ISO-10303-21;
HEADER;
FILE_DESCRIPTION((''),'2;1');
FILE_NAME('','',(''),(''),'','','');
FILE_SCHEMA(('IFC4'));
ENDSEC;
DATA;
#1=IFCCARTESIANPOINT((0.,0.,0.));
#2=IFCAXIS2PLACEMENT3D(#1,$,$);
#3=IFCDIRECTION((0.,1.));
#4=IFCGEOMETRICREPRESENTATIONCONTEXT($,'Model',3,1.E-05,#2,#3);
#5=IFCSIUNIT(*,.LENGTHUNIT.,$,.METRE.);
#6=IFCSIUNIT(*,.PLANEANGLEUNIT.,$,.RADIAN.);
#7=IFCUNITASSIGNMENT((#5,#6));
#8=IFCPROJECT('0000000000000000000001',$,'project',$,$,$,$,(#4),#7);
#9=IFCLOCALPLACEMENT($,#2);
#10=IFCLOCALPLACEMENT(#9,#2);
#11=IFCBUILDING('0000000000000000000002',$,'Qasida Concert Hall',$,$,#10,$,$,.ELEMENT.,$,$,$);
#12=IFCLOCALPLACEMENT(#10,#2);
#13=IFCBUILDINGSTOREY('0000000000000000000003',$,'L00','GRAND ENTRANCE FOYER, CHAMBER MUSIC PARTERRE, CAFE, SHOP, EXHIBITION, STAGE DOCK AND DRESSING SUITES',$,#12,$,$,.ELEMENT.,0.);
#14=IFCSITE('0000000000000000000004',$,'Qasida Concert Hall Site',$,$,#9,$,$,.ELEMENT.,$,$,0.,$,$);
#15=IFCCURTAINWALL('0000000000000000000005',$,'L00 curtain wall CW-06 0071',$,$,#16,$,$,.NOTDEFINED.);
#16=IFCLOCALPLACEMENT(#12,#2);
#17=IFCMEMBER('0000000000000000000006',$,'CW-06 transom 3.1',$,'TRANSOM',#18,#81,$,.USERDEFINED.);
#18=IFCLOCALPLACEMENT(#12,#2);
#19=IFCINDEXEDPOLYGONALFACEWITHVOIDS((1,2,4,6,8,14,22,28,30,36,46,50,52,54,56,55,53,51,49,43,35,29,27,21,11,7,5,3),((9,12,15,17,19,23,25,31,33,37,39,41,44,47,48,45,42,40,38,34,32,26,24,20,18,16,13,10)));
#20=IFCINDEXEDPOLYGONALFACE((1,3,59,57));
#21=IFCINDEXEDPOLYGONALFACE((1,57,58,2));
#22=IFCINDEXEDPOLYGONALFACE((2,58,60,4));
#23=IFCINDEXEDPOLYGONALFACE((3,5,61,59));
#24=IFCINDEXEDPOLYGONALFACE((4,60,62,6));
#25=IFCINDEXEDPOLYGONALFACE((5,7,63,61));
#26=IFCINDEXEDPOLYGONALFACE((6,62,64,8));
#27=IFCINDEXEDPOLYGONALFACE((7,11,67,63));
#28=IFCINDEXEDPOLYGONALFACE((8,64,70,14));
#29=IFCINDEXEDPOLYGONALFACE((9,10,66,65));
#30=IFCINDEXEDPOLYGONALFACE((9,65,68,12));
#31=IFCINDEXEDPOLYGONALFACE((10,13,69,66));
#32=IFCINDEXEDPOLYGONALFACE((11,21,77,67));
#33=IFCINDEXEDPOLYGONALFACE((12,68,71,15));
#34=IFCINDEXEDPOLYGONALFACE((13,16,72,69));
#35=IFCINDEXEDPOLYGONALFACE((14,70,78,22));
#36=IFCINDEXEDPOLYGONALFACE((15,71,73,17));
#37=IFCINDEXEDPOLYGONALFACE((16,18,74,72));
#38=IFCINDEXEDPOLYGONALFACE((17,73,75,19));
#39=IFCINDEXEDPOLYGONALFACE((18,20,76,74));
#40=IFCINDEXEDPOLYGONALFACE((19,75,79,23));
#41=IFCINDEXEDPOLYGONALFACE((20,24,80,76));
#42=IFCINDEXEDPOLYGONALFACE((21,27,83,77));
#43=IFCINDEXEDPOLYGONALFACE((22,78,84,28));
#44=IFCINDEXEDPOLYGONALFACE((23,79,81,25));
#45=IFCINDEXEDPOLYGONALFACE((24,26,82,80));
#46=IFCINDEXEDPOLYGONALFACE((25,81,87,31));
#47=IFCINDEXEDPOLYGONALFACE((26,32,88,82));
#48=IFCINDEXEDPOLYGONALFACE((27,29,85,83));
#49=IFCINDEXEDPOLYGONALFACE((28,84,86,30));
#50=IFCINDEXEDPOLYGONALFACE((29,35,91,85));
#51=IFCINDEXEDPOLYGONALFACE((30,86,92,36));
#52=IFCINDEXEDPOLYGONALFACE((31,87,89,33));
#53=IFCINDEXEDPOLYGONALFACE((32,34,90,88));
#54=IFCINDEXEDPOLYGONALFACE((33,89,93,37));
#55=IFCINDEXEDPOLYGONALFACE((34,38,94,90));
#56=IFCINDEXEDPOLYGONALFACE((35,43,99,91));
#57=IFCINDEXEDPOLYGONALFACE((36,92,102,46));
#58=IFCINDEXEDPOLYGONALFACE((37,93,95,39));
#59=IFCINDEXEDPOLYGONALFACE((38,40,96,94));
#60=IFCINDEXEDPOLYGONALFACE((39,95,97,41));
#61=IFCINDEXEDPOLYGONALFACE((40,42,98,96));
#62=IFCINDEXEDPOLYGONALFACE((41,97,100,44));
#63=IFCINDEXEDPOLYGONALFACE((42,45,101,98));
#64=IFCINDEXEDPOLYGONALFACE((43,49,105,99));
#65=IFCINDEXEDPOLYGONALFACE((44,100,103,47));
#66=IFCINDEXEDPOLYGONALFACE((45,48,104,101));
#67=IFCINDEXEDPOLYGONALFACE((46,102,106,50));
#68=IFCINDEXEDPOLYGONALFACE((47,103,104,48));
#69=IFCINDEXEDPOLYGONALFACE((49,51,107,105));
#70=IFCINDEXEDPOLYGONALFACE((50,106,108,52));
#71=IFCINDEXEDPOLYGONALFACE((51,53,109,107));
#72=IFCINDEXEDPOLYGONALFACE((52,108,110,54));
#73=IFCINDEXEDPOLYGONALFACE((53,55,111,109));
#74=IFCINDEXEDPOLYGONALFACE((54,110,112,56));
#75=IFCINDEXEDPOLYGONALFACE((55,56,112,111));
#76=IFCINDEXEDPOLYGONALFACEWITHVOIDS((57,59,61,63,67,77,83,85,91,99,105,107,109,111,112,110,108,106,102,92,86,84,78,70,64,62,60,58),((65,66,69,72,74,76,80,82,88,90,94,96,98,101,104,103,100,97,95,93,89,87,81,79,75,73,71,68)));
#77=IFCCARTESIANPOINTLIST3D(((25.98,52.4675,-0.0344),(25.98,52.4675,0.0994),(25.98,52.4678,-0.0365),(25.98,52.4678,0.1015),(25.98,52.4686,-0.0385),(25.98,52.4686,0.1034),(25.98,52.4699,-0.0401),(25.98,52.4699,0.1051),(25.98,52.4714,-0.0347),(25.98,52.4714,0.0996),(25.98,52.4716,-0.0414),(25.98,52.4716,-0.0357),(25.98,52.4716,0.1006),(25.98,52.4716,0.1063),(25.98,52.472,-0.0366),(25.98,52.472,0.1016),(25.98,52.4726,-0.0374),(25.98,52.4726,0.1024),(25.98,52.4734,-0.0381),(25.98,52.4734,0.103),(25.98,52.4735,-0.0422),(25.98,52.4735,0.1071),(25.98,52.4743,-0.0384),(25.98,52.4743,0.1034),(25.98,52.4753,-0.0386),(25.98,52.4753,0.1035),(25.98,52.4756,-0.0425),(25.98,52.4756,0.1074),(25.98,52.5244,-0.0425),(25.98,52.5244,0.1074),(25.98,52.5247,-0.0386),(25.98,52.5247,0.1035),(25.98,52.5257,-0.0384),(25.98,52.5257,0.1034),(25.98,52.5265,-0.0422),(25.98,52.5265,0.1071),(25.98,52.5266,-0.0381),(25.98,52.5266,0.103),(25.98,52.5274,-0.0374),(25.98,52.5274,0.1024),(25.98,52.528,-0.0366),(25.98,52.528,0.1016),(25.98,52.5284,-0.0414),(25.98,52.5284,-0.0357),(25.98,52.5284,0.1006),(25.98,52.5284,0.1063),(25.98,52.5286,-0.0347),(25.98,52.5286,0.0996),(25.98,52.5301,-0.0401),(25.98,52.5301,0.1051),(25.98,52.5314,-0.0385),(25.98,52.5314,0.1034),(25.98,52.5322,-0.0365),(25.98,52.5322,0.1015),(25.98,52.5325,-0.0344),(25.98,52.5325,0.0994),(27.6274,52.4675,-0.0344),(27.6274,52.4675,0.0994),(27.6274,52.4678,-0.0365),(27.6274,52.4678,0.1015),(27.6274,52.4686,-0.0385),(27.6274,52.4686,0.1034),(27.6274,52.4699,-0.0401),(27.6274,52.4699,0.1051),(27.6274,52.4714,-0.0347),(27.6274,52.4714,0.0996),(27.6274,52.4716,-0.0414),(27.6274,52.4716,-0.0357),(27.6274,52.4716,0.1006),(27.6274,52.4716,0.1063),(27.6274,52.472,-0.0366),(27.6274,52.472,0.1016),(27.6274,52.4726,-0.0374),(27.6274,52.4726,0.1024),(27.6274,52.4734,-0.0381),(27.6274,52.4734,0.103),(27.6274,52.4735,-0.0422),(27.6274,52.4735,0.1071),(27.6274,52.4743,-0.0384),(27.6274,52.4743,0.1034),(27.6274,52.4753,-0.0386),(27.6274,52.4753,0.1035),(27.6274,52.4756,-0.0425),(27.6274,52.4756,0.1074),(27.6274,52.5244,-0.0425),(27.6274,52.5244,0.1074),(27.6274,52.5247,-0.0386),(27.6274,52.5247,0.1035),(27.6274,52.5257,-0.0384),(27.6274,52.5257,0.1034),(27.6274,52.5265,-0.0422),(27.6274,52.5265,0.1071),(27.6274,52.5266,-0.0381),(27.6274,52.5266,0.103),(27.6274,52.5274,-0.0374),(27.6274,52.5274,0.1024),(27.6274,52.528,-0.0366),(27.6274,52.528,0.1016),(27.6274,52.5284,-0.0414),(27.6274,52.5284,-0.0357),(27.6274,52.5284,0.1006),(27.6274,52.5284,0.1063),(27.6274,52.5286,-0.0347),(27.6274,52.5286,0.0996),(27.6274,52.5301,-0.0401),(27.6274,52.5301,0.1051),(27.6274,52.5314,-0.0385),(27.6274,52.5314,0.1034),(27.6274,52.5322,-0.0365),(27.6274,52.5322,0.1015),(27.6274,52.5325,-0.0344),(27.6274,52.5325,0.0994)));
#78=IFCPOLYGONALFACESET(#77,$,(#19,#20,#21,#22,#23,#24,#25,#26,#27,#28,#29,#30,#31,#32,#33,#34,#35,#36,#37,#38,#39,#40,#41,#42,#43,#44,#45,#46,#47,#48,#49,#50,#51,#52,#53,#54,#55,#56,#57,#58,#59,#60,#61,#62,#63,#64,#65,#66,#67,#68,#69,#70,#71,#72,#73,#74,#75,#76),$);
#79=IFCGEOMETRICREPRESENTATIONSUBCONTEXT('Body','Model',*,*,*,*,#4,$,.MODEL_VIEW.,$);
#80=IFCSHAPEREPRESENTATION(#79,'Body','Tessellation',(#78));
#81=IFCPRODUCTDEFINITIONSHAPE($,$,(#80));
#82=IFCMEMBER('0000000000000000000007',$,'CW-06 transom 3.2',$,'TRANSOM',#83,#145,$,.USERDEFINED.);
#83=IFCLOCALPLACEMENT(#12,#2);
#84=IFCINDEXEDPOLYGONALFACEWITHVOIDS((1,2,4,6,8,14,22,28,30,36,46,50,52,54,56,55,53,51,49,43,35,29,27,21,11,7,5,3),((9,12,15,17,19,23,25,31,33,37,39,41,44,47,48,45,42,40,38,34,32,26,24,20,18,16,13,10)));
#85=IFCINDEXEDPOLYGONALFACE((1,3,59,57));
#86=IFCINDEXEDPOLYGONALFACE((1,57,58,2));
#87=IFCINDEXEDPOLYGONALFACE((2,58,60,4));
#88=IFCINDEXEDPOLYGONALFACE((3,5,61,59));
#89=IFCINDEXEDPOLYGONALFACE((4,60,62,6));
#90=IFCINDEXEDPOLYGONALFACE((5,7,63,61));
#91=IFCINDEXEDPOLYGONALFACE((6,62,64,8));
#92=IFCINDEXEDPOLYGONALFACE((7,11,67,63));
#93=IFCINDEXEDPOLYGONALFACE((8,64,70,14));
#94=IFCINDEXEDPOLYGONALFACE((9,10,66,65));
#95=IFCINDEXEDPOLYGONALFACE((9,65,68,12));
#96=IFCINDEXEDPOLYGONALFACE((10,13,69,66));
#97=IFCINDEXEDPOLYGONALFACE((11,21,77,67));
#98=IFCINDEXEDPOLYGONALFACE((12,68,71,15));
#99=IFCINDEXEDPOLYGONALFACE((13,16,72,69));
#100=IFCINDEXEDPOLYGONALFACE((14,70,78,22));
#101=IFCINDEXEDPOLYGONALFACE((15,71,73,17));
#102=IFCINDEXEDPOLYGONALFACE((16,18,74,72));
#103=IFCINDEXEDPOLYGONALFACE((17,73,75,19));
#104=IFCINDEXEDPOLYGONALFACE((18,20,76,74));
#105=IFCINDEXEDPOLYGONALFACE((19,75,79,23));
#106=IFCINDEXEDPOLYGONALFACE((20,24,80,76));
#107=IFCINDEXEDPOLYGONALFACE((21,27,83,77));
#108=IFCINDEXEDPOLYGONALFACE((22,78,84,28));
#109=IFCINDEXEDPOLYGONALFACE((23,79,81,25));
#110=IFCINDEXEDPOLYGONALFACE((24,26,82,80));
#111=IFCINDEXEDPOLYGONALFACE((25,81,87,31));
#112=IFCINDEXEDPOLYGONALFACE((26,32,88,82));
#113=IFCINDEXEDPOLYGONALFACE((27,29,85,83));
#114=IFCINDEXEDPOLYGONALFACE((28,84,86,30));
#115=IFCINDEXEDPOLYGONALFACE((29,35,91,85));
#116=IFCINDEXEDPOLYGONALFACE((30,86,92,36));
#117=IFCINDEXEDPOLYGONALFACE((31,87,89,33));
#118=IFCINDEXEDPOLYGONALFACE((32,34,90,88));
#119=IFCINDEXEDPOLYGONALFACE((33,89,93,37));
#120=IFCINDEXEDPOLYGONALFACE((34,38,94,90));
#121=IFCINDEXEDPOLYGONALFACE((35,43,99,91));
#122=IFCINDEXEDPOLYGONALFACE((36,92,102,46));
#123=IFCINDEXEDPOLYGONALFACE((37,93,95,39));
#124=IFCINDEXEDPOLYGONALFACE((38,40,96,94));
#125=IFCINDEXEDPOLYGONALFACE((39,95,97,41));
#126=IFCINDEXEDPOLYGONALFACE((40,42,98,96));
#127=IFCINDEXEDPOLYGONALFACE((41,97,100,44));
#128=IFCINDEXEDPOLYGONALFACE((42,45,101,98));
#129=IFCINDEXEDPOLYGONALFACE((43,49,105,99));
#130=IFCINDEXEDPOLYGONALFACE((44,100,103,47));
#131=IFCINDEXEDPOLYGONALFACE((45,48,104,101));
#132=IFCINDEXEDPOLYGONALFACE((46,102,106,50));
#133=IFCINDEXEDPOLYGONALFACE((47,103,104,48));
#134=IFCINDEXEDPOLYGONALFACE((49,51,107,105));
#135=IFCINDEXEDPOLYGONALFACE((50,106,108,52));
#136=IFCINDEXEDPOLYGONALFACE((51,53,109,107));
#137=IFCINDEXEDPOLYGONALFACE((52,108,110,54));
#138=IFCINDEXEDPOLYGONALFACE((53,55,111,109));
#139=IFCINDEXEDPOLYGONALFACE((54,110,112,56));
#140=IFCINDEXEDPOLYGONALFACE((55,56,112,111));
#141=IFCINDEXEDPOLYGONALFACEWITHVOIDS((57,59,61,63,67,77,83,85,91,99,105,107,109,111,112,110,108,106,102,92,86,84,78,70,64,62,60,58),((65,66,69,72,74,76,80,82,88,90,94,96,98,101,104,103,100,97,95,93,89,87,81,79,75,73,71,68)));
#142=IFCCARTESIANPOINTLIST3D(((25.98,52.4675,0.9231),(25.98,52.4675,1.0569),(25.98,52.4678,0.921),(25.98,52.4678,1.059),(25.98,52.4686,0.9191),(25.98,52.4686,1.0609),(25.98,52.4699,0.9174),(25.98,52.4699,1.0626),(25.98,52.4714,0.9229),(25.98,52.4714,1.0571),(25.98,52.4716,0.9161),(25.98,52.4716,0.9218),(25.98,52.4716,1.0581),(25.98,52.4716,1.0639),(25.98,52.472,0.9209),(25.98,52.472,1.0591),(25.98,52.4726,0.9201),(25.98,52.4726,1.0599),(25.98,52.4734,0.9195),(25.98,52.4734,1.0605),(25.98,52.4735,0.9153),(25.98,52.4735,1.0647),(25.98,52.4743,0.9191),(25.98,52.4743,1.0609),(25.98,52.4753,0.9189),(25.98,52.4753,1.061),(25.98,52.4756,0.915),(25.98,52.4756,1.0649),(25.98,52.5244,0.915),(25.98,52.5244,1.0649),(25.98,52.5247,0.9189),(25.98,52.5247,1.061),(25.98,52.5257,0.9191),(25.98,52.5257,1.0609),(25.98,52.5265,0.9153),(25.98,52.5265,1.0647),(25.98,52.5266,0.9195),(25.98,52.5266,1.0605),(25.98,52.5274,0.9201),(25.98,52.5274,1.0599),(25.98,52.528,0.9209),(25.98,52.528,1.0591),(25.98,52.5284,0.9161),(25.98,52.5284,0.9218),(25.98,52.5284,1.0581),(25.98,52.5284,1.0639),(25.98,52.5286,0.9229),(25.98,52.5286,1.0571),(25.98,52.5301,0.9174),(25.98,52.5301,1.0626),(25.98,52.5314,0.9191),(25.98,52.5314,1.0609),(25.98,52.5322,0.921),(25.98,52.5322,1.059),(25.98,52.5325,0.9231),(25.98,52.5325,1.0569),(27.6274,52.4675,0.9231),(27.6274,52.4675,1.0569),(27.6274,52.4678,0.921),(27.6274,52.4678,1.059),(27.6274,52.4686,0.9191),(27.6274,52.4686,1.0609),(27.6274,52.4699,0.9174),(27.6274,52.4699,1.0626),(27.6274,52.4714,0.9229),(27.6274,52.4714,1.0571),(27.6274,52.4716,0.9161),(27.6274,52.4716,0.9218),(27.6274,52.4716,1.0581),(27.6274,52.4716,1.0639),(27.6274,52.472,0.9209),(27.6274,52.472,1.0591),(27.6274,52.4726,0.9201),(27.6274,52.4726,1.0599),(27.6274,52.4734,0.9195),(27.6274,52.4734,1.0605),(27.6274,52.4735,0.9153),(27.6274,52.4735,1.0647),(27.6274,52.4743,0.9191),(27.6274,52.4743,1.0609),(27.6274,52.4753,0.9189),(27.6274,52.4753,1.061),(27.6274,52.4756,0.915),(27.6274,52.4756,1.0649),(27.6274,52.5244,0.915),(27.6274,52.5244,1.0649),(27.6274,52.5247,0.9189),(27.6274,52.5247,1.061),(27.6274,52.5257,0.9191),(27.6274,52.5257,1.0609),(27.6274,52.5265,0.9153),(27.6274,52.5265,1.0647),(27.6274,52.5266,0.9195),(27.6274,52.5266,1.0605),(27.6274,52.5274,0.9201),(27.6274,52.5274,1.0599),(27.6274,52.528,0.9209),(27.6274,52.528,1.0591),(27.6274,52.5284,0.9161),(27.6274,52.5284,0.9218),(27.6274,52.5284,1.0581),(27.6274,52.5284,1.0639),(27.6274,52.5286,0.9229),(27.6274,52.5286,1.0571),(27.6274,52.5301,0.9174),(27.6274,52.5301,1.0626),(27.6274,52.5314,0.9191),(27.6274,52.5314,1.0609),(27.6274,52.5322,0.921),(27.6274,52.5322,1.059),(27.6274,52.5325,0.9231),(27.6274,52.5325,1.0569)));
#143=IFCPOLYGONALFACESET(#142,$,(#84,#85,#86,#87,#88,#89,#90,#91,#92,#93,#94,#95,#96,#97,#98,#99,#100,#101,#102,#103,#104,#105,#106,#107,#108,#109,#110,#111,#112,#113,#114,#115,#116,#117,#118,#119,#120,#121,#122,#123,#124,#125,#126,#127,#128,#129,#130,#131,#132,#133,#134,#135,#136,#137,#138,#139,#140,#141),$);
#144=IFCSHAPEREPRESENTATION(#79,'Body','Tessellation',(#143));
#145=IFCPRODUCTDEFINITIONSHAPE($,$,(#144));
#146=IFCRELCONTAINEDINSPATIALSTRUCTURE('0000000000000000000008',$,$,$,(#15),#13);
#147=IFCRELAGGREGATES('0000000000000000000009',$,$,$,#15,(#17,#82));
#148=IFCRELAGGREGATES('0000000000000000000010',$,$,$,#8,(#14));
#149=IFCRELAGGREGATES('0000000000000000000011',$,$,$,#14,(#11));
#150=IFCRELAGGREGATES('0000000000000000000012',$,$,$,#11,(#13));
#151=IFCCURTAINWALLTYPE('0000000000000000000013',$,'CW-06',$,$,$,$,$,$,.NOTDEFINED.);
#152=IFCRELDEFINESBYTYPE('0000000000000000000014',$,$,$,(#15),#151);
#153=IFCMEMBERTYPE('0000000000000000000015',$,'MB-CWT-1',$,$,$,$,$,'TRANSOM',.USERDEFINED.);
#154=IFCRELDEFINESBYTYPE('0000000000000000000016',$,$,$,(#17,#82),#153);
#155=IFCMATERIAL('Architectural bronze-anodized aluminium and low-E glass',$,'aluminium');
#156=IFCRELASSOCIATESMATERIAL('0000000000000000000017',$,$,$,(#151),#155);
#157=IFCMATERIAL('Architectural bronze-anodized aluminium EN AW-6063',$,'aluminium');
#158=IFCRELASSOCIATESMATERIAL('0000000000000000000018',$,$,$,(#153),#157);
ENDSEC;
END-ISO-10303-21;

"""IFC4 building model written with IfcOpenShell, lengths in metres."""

from ifc_helpers import new_model, si_unit, direction, frame, origin, origin_2d, place, context, subcontext, project, spatial, hollow_rectangle, extrude, material, material_profile, profile_set, type_object, element, aggregate, save


model = new_model("IFC4")

# Units and contexts
model_context = context("Model", 3, precision=1e-05, world=origin(), true_north=direction((0.0, 1.0)))
body_context = subcontext(model_context, "Body", "Model", "MODEL_VIEW")
ifc_project = project(units=[si_unit("LENGTHUNIT", "METRE"), si_unit("PLANEANGLEUNIT", "RADIAN")], contexts=[model_context])

# Site, building, storey
site_placement = place(None, origin())
site = spatial("IfcSite", under=ifc_project, at=site_placement, Name="Qasida Concert Hall Site", CompositionType="ELEMENT", RefElevation=0.0)
building_placement = place(site_placement, origin())
building = spatial("IfcBuilding", under=site, at=building_placement, Name="Qasida Concert Hall", CompositionType="ELEMENT")
storey_placement = place(building_placement, origin())
storey = spatial("IfcBuildingStorey", under=building, at=storey_placement, Name="L00", Description="GRAND ENTRANCE FOYER, CHAMBER MUSIC PARTERRE, CAFE, SHOP, EXHIBITION, STAGE DOCK AND DRESSING SUITES", CompositionType="ELEMENT", Elevation=0.0)

# Curtain wall
ifc_material_1 = material(Name="Architectural bronze-anodized aluminium and low-E glass", Category="aluminium")
curtain_wall_type = type_object("IfcCurtainWallType", Name="CW-06", PredefinedType="NOTDEFINED", material=ifc_material_1)
curtain_wall_1_placement = place(storey_placement, origin())
curtain_wall_1 = element("IfcCurtainWall", 1, at=curtain_wall_1_placement, inside=storey, type_object=curtain_wall_type, Name="L00 curtain wall CW-06 0071", PredefinedType="NOTDEFINED")
ifc_material_2 = material(Name="Architectural bronze-anodized aluminium EN AW-6063", Category="aluminium")

# Members
ifc_material_profile_1 = material_profile(ifc_material_2, hollow_rectangle(XDim=0.0649, YDim=0.1499, WallThickness=0.0039, InnerFilletRadius=0.0039, OuterFilletRadius=0.0081, at=origin_2d()), Name="CWT 150x65x4")
ifc_profile_set_1 = profile_set([ifc_material_profile_1], Name="Architectural bronze-anodized aluminium EN AW-6063")
member_type_1 = type_object("IfcMemberType", Name="MB-CWT-1", ElementType="TRANSOM", PredefinedType="USERDEFINED", material=ifc_profile_set_1)
member_1_placement = place(storey_placement, frame((25.98, 52.5, 0.0325), z_axis=(1.0, 0.0, 0.0), x_axis=(0.0, 1.0, 0.0)))
member_1 = element("IfcMember", 2, at=member_1_placement, type_object=member_type_1, Name="CW-06 transom 3.1", ObjectType="TRANSOM", PredefinedType="USERDEFINED", context=body_context, shape_type="SweptSolid", body=[
    extrude(hollow_rectangle(XDim=0.0649, YDim=0.1499, WallThickness=0.0039, InnerFilletRadius=0.0039, OuterFilletRadius=0.0081, at=origin_2d()), origin(), (0.0, 0.0, 1.0), 1.6475),
])
member_2_placement = place(storey_placement, frame((25.98, 52.5, 0.99), z_axis=(1.0, 0.0, 0.0), x_axis=(0.0, 1.0, 0.0)))
member_2 = element("IfcMember", 3, at=member_2_placement, type_object=member_type_1, Name="CW-06 transom 3.2", ObjectType="TRANSOM", PredefinedType="USERDEFINED", context=body_context, shape_type="SweptSolid", body=[
    extrude(hollow_rectangle(XDim=0.0649, YDim=0.1499, WallThickness=0.0039, InnerFilletRadius=0.0039, OuterFilletRadius=0.0081, at=origin_2d()), origin(), (0.0, 0.0, 1.0), 1.6475),
])

aggregate(curtain_wall_1, [member_1, member_2])

save(model, "model.ifc")
